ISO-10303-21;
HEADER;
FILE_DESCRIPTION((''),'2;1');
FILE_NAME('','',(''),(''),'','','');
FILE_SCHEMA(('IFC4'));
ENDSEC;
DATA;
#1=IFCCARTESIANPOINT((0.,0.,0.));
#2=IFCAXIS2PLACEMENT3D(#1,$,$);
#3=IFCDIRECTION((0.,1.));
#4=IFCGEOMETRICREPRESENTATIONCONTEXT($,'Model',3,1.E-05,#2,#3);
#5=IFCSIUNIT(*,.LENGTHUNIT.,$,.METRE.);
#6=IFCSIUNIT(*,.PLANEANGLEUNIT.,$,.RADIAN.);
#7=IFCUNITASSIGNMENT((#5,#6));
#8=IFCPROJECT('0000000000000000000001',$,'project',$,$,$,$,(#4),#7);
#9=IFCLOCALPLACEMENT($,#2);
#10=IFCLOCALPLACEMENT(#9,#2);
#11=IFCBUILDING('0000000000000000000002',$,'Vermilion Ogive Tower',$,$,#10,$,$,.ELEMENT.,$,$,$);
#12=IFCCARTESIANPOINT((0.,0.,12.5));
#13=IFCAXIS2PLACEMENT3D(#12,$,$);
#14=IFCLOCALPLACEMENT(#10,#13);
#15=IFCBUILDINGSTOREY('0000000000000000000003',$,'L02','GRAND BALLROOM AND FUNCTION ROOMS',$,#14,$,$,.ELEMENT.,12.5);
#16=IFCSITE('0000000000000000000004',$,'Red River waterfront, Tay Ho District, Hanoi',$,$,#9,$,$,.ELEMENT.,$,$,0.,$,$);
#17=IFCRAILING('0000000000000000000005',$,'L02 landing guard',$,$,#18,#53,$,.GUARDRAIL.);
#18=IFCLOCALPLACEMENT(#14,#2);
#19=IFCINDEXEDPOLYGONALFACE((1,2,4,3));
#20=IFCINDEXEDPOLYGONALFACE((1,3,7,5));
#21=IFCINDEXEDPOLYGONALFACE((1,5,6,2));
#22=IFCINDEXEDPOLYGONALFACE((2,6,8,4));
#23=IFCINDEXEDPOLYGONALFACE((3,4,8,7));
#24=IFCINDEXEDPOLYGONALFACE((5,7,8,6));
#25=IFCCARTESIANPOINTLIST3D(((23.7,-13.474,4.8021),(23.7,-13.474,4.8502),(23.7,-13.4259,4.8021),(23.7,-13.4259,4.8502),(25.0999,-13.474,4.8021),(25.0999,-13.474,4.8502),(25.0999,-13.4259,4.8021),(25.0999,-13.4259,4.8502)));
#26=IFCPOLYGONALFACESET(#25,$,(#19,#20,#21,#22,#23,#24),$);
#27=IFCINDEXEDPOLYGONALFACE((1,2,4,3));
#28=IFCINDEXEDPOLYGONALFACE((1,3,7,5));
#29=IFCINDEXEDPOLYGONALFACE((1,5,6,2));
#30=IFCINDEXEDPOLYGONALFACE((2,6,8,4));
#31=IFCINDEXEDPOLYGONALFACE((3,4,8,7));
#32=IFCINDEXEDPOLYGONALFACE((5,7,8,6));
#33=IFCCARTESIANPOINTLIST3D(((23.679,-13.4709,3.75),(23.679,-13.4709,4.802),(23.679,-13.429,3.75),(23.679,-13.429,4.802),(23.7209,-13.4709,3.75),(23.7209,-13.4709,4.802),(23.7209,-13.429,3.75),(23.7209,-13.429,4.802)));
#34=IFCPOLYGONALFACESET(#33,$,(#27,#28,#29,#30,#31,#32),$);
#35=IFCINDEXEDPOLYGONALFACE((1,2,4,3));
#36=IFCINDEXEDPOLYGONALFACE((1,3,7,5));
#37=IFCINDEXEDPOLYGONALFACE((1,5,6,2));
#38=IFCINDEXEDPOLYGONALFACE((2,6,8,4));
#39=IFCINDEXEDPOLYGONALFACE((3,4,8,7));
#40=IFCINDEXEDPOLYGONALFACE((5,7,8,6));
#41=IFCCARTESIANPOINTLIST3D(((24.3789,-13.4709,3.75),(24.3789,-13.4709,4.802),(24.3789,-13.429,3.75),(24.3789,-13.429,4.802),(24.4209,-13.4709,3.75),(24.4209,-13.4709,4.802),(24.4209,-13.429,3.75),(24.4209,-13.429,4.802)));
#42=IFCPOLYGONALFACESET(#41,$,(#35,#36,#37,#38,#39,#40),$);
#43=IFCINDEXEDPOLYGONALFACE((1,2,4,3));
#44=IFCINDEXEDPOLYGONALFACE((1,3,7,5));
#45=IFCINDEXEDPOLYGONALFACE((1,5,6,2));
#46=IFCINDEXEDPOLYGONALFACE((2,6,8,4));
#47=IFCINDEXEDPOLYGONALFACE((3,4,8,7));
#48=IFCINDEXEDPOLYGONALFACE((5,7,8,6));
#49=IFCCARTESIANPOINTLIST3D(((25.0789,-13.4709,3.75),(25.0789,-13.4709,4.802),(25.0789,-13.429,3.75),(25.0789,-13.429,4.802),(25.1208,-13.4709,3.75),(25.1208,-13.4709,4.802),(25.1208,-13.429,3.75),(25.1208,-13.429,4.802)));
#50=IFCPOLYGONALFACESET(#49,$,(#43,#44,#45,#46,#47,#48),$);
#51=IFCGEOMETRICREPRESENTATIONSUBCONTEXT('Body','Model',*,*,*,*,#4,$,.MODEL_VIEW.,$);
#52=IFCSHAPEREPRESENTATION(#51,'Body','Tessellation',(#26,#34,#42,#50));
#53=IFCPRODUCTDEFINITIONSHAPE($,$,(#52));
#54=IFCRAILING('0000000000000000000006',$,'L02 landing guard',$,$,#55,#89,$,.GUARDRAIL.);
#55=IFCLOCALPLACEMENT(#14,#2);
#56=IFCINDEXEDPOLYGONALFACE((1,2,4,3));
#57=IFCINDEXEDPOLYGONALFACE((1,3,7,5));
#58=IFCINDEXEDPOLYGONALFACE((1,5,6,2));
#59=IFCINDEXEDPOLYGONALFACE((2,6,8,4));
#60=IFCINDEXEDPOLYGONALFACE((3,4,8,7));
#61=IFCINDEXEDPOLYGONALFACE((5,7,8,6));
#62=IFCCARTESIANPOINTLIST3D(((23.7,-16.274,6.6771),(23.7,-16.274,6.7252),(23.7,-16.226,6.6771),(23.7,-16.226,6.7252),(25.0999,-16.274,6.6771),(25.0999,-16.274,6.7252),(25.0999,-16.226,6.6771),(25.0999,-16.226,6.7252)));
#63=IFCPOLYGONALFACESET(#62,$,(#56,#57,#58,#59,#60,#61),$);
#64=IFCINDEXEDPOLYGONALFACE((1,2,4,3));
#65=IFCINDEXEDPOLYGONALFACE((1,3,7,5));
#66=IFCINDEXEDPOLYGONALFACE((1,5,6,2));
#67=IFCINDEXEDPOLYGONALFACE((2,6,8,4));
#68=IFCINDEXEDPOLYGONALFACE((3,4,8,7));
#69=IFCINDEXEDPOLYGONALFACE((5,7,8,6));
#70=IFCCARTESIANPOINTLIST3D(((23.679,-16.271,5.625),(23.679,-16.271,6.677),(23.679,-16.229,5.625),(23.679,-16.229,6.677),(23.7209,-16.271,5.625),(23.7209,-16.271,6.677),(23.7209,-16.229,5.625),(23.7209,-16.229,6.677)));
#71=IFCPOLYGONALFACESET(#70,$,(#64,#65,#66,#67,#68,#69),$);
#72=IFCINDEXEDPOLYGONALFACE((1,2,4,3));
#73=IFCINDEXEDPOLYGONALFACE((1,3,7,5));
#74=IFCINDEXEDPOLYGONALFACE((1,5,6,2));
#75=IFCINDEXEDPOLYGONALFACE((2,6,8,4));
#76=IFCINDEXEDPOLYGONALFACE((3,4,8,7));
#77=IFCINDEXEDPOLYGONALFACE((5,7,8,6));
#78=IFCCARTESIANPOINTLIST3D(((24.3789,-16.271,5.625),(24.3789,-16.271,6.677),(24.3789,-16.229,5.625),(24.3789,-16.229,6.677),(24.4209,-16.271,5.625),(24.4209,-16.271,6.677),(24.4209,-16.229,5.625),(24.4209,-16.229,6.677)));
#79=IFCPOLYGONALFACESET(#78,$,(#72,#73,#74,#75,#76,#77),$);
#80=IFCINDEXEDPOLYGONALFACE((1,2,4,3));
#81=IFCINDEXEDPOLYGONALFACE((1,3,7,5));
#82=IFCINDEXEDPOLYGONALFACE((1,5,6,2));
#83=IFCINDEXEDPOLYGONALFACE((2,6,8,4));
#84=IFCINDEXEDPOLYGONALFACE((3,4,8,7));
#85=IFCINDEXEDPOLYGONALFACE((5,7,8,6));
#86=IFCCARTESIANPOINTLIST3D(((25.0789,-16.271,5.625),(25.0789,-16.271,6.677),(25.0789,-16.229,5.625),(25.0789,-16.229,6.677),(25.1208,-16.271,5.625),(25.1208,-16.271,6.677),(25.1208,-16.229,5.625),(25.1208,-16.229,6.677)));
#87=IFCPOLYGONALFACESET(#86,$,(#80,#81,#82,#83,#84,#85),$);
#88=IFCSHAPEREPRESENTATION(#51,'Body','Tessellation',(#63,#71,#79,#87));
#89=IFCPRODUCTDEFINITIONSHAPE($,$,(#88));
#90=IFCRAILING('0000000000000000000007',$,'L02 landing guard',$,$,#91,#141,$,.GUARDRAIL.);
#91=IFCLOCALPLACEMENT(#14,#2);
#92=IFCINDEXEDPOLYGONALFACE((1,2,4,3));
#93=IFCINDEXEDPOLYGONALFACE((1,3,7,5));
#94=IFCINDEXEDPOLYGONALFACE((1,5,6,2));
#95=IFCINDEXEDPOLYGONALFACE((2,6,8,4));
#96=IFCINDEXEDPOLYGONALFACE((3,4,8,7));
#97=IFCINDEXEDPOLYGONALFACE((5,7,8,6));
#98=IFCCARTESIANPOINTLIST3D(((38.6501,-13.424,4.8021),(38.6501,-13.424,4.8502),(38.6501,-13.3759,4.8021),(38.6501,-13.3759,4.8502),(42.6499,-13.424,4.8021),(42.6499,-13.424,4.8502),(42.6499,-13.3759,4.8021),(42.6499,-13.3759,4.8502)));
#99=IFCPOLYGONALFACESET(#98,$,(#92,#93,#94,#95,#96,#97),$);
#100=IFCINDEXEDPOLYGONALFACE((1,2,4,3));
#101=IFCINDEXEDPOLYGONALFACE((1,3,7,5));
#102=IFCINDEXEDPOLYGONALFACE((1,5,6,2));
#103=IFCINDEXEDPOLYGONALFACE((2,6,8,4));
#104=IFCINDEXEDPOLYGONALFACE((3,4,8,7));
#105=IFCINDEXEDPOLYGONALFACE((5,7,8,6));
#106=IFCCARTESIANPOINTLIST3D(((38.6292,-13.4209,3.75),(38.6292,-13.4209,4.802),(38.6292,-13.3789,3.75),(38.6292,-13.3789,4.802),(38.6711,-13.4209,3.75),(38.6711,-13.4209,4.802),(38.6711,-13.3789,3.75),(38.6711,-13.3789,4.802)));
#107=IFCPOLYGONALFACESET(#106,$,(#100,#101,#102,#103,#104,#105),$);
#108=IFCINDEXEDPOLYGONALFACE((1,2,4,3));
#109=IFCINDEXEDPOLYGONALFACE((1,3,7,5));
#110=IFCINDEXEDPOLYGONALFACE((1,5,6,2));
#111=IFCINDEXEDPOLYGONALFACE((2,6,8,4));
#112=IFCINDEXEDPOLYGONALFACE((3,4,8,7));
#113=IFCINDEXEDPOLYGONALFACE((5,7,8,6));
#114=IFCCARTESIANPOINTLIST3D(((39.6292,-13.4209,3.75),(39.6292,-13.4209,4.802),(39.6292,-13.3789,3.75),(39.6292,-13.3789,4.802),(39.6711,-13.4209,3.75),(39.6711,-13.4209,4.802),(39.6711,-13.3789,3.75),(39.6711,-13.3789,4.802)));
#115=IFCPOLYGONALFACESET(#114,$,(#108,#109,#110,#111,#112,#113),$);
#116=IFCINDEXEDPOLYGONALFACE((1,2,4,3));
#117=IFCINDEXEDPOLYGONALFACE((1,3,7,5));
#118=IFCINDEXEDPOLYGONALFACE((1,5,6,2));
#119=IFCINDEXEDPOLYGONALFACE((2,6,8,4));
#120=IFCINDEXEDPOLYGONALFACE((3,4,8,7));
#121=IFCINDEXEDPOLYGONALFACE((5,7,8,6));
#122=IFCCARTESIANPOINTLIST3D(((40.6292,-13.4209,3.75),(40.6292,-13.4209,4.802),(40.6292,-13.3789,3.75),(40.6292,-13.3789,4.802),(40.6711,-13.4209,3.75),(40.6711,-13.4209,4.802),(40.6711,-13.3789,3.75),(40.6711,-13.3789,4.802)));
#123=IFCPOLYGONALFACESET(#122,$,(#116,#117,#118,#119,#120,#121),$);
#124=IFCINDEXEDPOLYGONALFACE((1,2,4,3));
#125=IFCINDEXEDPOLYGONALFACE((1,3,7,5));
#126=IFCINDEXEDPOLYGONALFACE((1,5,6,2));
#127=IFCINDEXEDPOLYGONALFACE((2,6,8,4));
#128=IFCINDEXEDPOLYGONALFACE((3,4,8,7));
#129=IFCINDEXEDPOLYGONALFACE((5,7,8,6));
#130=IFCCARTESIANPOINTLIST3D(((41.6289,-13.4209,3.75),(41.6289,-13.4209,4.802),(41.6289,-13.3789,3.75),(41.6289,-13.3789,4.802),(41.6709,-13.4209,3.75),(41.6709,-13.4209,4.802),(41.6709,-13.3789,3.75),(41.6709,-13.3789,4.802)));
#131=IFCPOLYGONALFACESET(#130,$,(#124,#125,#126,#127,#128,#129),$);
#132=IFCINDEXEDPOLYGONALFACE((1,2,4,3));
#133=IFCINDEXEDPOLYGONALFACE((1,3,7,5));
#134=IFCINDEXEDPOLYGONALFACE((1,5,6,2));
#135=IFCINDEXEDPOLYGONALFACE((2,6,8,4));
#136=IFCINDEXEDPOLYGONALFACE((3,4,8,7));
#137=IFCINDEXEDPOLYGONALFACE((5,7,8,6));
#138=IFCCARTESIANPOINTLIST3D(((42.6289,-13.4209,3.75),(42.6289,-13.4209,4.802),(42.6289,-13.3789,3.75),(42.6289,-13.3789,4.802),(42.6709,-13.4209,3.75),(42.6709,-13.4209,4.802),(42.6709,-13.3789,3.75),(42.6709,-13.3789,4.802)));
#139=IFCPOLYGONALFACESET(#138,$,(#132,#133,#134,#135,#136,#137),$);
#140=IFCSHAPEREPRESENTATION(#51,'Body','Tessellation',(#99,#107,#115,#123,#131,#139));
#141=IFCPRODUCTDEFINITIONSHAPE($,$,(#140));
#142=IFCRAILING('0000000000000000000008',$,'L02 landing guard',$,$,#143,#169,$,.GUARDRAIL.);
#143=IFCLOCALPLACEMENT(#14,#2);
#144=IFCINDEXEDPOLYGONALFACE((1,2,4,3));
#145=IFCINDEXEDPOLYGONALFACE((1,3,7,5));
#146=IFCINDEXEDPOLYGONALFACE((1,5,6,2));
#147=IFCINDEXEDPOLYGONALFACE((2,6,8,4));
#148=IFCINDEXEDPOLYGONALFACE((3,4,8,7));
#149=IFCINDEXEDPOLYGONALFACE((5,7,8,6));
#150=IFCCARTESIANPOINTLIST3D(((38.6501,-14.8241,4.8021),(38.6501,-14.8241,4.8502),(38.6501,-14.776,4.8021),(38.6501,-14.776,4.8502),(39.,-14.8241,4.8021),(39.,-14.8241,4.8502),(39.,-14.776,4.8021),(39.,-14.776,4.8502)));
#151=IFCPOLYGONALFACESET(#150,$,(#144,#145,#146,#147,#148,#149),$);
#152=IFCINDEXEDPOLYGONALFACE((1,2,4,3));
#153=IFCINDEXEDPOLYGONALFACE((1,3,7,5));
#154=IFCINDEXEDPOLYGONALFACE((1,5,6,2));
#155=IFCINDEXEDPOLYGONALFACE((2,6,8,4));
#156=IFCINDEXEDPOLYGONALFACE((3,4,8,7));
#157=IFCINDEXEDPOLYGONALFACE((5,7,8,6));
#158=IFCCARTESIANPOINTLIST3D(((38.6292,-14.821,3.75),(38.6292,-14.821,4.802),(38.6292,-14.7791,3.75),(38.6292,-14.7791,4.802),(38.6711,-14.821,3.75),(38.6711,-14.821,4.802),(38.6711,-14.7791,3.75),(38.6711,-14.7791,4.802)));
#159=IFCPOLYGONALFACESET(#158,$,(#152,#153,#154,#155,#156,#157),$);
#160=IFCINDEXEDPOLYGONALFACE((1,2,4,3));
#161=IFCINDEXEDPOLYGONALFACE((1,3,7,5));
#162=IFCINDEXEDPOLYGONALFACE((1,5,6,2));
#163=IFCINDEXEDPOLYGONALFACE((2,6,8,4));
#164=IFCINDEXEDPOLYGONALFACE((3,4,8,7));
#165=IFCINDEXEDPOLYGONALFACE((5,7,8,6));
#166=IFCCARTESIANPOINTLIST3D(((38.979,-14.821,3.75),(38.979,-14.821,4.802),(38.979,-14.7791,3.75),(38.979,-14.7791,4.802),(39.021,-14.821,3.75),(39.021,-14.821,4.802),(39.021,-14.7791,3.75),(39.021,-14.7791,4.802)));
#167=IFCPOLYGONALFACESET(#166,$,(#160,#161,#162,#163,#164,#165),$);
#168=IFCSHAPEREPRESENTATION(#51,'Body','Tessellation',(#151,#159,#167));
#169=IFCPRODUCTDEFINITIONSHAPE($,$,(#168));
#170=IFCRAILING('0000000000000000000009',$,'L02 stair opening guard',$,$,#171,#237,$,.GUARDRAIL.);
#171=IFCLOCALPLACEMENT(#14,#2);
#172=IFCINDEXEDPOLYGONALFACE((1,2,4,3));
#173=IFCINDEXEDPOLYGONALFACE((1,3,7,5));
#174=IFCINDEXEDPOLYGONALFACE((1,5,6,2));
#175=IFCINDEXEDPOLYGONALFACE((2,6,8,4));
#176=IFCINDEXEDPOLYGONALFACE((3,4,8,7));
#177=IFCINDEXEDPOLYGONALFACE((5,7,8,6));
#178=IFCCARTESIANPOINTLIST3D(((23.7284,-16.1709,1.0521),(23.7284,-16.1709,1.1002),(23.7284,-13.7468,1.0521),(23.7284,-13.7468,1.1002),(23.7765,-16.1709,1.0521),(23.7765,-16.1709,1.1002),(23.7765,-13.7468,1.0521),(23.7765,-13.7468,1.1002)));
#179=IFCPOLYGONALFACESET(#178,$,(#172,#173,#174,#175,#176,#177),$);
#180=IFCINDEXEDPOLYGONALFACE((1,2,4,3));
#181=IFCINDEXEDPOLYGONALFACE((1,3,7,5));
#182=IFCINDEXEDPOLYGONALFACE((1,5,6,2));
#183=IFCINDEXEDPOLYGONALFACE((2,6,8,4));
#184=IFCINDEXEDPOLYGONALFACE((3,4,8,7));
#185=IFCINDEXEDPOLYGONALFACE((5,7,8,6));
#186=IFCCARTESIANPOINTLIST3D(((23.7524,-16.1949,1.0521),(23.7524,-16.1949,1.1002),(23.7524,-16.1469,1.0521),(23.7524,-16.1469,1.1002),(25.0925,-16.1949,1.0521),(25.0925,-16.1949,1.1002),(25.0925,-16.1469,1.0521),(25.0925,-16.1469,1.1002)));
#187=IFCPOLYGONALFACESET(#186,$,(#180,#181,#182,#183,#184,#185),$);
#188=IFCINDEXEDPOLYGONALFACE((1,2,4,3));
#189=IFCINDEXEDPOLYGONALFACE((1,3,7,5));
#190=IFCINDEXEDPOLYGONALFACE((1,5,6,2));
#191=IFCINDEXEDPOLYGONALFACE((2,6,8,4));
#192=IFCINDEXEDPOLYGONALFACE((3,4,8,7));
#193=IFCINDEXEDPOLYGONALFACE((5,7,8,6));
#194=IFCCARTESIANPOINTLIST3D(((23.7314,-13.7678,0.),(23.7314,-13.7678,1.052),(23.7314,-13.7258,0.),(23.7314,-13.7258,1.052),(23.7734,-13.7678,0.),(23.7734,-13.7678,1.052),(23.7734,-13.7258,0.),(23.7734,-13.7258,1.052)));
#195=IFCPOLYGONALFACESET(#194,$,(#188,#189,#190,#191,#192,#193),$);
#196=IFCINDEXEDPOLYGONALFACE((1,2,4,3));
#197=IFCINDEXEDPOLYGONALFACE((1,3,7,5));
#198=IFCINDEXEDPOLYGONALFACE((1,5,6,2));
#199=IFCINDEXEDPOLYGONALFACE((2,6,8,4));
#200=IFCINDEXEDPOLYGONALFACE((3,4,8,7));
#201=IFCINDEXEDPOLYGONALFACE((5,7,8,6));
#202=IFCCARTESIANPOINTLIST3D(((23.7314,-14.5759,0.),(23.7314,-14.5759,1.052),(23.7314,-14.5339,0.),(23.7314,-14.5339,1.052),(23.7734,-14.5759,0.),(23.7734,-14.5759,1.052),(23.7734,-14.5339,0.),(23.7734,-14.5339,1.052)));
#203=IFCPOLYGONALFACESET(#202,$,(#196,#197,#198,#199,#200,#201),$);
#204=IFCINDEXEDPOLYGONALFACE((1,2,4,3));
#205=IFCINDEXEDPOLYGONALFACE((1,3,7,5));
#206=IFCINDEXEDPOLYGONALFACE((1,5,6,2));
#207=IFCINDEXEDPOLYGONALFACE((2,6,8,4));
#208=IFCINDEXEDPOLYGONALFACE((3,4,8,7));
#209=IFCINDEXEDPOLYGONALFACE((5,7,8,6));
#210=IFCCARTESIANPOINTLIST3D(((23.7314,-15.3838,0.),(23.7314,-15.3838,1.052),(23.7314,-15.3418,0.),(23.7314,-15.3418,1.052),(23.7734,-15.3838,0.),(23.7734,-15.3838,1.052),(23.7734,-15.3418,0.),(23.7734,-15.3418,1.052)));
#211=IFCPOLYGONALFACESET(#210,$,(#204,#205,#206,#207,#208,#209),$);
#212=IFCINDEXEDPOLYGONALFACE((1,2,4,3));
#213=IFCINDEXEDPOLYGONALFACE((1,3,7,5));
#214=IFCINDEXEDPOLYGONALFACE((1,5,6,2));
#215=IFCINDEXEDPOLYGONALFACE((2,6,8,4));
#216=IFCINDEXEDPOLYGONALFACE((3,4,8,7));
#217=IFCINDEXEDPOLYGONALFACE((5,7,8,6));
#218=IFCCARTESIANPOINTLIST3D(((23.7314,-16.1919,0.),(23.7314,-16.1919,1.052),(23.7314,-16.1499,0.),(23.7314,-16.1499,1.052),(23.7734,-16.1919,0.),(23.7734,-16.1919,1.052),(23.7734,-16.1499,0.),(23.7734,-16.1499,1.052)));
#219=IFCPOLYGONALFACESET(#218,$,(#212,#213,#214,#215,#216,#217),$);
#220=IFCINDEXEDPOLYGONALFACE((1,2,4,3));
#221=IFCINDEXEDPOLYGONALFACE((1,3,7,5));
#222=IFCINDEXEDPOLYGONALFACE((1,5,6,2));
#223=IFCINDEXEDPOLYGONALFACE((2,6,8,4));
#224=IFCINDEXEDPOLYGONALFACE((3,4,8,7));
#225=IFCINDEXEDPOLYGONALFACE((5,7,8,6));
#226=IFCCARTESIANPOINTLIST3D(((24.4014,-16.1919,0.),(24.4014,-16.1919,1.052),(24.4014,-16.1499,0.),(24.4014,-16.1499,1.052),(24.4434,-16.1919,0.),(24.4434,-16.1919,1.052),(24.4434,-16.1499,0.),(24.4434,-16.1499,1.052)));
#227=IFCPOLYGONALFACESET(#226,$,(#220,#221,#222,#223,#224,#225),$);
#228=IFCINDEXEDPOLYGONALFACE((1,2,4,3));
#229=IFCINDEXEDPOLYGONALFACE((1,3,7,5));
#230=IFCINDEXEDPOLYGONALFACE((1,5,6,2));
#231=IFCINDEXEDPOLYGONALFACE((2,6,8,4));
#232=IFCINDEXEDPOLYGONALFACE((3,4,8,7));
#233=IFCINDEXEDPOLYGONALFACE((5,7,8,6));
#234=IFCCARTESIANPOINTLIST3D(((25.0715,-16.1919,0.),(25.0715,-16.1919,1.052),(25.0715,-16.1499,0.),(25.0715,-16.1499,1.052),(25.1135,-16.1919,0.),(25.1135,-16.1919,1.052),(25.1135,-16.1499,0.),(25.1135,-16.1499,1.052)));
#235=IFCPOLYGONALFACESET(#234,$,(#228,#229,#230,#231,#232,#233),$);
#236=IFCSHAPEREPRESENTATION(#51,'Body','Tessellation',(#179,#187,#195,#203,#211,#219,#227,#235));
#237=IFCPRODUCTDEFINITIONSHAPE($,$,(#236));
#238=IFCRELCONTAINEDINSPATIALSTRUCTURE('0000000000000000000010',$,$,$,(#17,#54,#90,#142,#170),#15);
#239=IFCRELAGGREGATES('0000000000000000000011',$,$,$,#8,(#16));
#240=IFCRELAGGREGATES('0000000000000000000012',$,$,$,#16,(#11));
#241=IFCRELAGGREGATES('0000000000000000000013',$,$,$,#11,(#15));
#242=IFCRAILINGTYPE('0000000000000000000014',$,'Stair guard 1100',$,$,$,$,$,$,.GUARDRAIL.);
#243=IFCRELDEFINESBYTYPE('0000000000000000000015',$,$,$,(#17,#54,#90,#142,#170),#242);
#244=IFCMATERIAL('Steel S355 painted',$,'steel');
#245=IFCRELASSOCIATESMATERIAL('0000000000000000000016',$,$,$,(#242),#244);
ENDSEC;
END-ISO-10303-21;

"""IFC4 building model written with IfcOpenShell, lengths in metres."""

from ifc_helpers import new_model, si_unit, direction, frame, origin, origin_2d, place, context, subcontext, project, spatial, rectangle, extrude, material, type_object, element, save


model = new_model("IFC4")

# Units and contexts
model_context = context("Model", 3, precision=1e-05, world=origin(), true_north=direction((0.0, 1.0)))
body_context = subcontext(model_context, "Body", "Model", "MODEL_VIEW")
ifc_project = project(units=[si_unit("LENGTHUNIT", "METRE"), si_unit("PLANEANGLEUNIT", "RADIAN")], contexts=[model_context])

# Site, building, storey
site_placement = place(None, origin())
site = spatial("IfcSite", under=ifc_project, at=site_placement, Name="Red River waterfront, Tay Ho District, Hanoi", CompositionType="ELEMENT", RefElevation=0.0)
building_placement = place(site_placement, origin())
building = spatial("IfcBuilding", under=site, at=building_placement, Name="Vermilion Ogive Tower", CompositionType="ELEMENT")
storey_placement = place(building_placement, frame((0.0, 0.0, 12.5)))
storey = spatial("IfcBuildingStorey", under=building, at=storey_placement, Name="L02", Description="GRAND BALLROOM AND FUNCTION ROOMS", CompositionType="ELEMENT", Elevation=12.5)

# Railings
ifc_material_1 = material(Name="Steel S355 painted", Category="steel")
railing_type_1 = type_object("IfcRailingType", Name="Stair guard 1100", PredefinedType="GUARDRAIL", material=ifc_material_1)
for number, where, name in (
    (1, (23.7, -13.45, 3.75), "L02 landing guard"),
    (2, (23.7, -16.25, 5.625), "L02 landing guard"),
):
    element("IfcRailing", number, at=place(storey_placement, frame(where)), inside=storey, type_object=railing_type_1, Name=name, PredefinedType="GUARDRAIL", context=body_context, shape_type="SweptSolid", body=[
        extrude(rectangle(XDim=0.0481, YDim=0.0481, at=origin_2d()), frame((0.0, 0.0, 1.0762), z_axis=(1.0, 0.0, 0.0), x_axis=(0.0, 1.0, 0.0)), (0.0, 0.0, 1.0), 1.3999),
        extrude(rectangle(XDim=0.042, YDim=0.042, at=origin_2d()), origin(), (0.0, 0.0, 1.0), 1.052),
        extrude(rectangle(XDim=0.042, YDim=0.042, at=origin_2d()), frame((0.7, 0.0, 0.0)), (0.0, 0.0, 1.0), 1.052),
        extrude(rectangle(XDim=0.042, YDim=0.042, at=origin_2d()), frame((1.3999, 0.0, 0.0)), (0.0, 0.0, 1.0), 1.052),
    ])
railing_1_placement = place(storey_placement, frame((38.6501, -13.3999, 3.75)))
element("IfcRailing", 3, at=railing_1_placement, inside=storey, type_object=railing_type_1, Name="L02 landing guard", PredefinedType="GUARDRAIL", context=body_context, shape_type="SweptSolid", body=[
    extrude(rectangle(XDim=0.0481, YDim=0.0481, at=origin_2d()), frame((0.0, 0.0, 1.0762), z_axis=(1.0, 0.0, 0.0), x_axis=(0.0, 1.0, 0.0)), (0.0, 0.0, 1.0), 3.9998),
    extrude(rectangle(XDim=0.042, YDim=0.042, at=origin_2d()), origin(), (0.0, 0.0, 1.0), 1.052),
    extrude(rectangle(XDim=0.042, YDim=0.042, at=origin_2d()), frame((1.0, 0.0, 0.0)), (0.0, 0.0, 1.0), 1.052),
    extrude(rectangle(XDim=0.042, YDim=0.042, at=origin_2d()), frame((2.0, 0.0, 0.0)), (0.0, 0.0, 1.0), 1.052),
    extrude(rectangle(XDim=0.042, YDim=0.042, at=origin_2d()), frame((2.9998, 0.0, 0.0)), (0.0, 0.0, 1.0), 1.052),
    extrude(rectangle(XDim=0.042, YDim=0.042, at=origin_2d()), frame((3.9998, 0.0, 0.0)), (0.0, 0.0, 1.0), 1.052),
])
railing_2_placement = place(storey_placement, frame((38.6501, -14.8, 3.75)))
element("IfcRailing", 4, at=railing_2_placement, inside=storey, type_object=railing_type_1, Name="L02 landing guard", PredefinedType="GUARDRAIL", context=body_context, shape_type="SweptSolid", body=[
    extrude(rectangle(XDim=0.0481, YDim=0.0481, at=origin_2d()), frame((0.0, 0.0, 1.0762), z_axis=(1.0, 0.0, 0.0), x_axis=(0.0, 1.0, 0.0)), (0.0, 0.0, 1.0), 0.3499),
    extrude(rectangle(XDim=0.042, YDim=0.042, at=origin_2d()), origin(), (0.0, 0.0, 1.0), 1.052),
    extrude(rectangle(XDim=0.042, YDim=0.042, at=origin_2d()), frame((0.3499, 0.0, 0.0)), (0.0, 0.0, 1.0), 1.052),
])
railing_3_placement = place(storey_placement, frame((23.7524, -13.7468, 0.0)))
element("IfcRailing", 5, at=railing_3_placement, inside=storey, type_object=railing_type_1, Name="L02 stair opening guard", PredefinedType="GUARDRAIL", context=body_context, shape_type="SweptSolid", body=[
    extrude(rectangle(XDim=0.0481, YDim=0.0481, at=origin_2d()), frame((0.0, 0.0, 1.0762), z_axis=(0.0, -1.0, 0.0), x_axis=(1.0, 0.0, 0.0)), (0.0, 0.0, 1.0), 2.4241),
    extrude(rectangle(XDim=0.0481, YDim=0.0481, at=origin_2d()), frame((0.0, -2.4241, 1.0762), z_axis=(1.0, 0.0, 0.0), x_axis=(0.0, 1.0, 0.0)), (0.0, 0.0, 1.0), 1.3401),
    extrude(rectangle(XDim=0.042, YDim=0.042, at=origin_2d()), origin(), (0.0, 0.0, 1.0), 1.052),
    extrude(rectangle(XDim=0.042, YDim=0.042, at=origin_2d()), frame((0.0, -0.8081, 0.0)), (0.0, 0.0, 1.0), 1.052),
    extrude(rectangle(XDim=0.042, YDim=0.042, at=origin_2d()), frame((0.0, -1.616, 0.0)), (0.0, 0.0, 1.0), 1.052),
    extrude(rectangle(XDim=0.042, YDim=0.042, at=origin_2d()), frame((0.0, -2.4241, 0.0)), (0.0, 0.0, 1.0), 1.052),
    extrude(rectangle(XDim=0.042, YDim=0.042, at=origin_2d()), frame((0.6699, -2.4241, 0.0)), (0.0, 0.0, 1.0), 1.052),
    extrude(rectangle(XDim=0.042, YDim=0.042, at=origin_2d()), frame((1.3401, -2.4241, 0.0)), (0.0, 0.0, 1.0), 1.052),
])

save(model, "model.ifc")
